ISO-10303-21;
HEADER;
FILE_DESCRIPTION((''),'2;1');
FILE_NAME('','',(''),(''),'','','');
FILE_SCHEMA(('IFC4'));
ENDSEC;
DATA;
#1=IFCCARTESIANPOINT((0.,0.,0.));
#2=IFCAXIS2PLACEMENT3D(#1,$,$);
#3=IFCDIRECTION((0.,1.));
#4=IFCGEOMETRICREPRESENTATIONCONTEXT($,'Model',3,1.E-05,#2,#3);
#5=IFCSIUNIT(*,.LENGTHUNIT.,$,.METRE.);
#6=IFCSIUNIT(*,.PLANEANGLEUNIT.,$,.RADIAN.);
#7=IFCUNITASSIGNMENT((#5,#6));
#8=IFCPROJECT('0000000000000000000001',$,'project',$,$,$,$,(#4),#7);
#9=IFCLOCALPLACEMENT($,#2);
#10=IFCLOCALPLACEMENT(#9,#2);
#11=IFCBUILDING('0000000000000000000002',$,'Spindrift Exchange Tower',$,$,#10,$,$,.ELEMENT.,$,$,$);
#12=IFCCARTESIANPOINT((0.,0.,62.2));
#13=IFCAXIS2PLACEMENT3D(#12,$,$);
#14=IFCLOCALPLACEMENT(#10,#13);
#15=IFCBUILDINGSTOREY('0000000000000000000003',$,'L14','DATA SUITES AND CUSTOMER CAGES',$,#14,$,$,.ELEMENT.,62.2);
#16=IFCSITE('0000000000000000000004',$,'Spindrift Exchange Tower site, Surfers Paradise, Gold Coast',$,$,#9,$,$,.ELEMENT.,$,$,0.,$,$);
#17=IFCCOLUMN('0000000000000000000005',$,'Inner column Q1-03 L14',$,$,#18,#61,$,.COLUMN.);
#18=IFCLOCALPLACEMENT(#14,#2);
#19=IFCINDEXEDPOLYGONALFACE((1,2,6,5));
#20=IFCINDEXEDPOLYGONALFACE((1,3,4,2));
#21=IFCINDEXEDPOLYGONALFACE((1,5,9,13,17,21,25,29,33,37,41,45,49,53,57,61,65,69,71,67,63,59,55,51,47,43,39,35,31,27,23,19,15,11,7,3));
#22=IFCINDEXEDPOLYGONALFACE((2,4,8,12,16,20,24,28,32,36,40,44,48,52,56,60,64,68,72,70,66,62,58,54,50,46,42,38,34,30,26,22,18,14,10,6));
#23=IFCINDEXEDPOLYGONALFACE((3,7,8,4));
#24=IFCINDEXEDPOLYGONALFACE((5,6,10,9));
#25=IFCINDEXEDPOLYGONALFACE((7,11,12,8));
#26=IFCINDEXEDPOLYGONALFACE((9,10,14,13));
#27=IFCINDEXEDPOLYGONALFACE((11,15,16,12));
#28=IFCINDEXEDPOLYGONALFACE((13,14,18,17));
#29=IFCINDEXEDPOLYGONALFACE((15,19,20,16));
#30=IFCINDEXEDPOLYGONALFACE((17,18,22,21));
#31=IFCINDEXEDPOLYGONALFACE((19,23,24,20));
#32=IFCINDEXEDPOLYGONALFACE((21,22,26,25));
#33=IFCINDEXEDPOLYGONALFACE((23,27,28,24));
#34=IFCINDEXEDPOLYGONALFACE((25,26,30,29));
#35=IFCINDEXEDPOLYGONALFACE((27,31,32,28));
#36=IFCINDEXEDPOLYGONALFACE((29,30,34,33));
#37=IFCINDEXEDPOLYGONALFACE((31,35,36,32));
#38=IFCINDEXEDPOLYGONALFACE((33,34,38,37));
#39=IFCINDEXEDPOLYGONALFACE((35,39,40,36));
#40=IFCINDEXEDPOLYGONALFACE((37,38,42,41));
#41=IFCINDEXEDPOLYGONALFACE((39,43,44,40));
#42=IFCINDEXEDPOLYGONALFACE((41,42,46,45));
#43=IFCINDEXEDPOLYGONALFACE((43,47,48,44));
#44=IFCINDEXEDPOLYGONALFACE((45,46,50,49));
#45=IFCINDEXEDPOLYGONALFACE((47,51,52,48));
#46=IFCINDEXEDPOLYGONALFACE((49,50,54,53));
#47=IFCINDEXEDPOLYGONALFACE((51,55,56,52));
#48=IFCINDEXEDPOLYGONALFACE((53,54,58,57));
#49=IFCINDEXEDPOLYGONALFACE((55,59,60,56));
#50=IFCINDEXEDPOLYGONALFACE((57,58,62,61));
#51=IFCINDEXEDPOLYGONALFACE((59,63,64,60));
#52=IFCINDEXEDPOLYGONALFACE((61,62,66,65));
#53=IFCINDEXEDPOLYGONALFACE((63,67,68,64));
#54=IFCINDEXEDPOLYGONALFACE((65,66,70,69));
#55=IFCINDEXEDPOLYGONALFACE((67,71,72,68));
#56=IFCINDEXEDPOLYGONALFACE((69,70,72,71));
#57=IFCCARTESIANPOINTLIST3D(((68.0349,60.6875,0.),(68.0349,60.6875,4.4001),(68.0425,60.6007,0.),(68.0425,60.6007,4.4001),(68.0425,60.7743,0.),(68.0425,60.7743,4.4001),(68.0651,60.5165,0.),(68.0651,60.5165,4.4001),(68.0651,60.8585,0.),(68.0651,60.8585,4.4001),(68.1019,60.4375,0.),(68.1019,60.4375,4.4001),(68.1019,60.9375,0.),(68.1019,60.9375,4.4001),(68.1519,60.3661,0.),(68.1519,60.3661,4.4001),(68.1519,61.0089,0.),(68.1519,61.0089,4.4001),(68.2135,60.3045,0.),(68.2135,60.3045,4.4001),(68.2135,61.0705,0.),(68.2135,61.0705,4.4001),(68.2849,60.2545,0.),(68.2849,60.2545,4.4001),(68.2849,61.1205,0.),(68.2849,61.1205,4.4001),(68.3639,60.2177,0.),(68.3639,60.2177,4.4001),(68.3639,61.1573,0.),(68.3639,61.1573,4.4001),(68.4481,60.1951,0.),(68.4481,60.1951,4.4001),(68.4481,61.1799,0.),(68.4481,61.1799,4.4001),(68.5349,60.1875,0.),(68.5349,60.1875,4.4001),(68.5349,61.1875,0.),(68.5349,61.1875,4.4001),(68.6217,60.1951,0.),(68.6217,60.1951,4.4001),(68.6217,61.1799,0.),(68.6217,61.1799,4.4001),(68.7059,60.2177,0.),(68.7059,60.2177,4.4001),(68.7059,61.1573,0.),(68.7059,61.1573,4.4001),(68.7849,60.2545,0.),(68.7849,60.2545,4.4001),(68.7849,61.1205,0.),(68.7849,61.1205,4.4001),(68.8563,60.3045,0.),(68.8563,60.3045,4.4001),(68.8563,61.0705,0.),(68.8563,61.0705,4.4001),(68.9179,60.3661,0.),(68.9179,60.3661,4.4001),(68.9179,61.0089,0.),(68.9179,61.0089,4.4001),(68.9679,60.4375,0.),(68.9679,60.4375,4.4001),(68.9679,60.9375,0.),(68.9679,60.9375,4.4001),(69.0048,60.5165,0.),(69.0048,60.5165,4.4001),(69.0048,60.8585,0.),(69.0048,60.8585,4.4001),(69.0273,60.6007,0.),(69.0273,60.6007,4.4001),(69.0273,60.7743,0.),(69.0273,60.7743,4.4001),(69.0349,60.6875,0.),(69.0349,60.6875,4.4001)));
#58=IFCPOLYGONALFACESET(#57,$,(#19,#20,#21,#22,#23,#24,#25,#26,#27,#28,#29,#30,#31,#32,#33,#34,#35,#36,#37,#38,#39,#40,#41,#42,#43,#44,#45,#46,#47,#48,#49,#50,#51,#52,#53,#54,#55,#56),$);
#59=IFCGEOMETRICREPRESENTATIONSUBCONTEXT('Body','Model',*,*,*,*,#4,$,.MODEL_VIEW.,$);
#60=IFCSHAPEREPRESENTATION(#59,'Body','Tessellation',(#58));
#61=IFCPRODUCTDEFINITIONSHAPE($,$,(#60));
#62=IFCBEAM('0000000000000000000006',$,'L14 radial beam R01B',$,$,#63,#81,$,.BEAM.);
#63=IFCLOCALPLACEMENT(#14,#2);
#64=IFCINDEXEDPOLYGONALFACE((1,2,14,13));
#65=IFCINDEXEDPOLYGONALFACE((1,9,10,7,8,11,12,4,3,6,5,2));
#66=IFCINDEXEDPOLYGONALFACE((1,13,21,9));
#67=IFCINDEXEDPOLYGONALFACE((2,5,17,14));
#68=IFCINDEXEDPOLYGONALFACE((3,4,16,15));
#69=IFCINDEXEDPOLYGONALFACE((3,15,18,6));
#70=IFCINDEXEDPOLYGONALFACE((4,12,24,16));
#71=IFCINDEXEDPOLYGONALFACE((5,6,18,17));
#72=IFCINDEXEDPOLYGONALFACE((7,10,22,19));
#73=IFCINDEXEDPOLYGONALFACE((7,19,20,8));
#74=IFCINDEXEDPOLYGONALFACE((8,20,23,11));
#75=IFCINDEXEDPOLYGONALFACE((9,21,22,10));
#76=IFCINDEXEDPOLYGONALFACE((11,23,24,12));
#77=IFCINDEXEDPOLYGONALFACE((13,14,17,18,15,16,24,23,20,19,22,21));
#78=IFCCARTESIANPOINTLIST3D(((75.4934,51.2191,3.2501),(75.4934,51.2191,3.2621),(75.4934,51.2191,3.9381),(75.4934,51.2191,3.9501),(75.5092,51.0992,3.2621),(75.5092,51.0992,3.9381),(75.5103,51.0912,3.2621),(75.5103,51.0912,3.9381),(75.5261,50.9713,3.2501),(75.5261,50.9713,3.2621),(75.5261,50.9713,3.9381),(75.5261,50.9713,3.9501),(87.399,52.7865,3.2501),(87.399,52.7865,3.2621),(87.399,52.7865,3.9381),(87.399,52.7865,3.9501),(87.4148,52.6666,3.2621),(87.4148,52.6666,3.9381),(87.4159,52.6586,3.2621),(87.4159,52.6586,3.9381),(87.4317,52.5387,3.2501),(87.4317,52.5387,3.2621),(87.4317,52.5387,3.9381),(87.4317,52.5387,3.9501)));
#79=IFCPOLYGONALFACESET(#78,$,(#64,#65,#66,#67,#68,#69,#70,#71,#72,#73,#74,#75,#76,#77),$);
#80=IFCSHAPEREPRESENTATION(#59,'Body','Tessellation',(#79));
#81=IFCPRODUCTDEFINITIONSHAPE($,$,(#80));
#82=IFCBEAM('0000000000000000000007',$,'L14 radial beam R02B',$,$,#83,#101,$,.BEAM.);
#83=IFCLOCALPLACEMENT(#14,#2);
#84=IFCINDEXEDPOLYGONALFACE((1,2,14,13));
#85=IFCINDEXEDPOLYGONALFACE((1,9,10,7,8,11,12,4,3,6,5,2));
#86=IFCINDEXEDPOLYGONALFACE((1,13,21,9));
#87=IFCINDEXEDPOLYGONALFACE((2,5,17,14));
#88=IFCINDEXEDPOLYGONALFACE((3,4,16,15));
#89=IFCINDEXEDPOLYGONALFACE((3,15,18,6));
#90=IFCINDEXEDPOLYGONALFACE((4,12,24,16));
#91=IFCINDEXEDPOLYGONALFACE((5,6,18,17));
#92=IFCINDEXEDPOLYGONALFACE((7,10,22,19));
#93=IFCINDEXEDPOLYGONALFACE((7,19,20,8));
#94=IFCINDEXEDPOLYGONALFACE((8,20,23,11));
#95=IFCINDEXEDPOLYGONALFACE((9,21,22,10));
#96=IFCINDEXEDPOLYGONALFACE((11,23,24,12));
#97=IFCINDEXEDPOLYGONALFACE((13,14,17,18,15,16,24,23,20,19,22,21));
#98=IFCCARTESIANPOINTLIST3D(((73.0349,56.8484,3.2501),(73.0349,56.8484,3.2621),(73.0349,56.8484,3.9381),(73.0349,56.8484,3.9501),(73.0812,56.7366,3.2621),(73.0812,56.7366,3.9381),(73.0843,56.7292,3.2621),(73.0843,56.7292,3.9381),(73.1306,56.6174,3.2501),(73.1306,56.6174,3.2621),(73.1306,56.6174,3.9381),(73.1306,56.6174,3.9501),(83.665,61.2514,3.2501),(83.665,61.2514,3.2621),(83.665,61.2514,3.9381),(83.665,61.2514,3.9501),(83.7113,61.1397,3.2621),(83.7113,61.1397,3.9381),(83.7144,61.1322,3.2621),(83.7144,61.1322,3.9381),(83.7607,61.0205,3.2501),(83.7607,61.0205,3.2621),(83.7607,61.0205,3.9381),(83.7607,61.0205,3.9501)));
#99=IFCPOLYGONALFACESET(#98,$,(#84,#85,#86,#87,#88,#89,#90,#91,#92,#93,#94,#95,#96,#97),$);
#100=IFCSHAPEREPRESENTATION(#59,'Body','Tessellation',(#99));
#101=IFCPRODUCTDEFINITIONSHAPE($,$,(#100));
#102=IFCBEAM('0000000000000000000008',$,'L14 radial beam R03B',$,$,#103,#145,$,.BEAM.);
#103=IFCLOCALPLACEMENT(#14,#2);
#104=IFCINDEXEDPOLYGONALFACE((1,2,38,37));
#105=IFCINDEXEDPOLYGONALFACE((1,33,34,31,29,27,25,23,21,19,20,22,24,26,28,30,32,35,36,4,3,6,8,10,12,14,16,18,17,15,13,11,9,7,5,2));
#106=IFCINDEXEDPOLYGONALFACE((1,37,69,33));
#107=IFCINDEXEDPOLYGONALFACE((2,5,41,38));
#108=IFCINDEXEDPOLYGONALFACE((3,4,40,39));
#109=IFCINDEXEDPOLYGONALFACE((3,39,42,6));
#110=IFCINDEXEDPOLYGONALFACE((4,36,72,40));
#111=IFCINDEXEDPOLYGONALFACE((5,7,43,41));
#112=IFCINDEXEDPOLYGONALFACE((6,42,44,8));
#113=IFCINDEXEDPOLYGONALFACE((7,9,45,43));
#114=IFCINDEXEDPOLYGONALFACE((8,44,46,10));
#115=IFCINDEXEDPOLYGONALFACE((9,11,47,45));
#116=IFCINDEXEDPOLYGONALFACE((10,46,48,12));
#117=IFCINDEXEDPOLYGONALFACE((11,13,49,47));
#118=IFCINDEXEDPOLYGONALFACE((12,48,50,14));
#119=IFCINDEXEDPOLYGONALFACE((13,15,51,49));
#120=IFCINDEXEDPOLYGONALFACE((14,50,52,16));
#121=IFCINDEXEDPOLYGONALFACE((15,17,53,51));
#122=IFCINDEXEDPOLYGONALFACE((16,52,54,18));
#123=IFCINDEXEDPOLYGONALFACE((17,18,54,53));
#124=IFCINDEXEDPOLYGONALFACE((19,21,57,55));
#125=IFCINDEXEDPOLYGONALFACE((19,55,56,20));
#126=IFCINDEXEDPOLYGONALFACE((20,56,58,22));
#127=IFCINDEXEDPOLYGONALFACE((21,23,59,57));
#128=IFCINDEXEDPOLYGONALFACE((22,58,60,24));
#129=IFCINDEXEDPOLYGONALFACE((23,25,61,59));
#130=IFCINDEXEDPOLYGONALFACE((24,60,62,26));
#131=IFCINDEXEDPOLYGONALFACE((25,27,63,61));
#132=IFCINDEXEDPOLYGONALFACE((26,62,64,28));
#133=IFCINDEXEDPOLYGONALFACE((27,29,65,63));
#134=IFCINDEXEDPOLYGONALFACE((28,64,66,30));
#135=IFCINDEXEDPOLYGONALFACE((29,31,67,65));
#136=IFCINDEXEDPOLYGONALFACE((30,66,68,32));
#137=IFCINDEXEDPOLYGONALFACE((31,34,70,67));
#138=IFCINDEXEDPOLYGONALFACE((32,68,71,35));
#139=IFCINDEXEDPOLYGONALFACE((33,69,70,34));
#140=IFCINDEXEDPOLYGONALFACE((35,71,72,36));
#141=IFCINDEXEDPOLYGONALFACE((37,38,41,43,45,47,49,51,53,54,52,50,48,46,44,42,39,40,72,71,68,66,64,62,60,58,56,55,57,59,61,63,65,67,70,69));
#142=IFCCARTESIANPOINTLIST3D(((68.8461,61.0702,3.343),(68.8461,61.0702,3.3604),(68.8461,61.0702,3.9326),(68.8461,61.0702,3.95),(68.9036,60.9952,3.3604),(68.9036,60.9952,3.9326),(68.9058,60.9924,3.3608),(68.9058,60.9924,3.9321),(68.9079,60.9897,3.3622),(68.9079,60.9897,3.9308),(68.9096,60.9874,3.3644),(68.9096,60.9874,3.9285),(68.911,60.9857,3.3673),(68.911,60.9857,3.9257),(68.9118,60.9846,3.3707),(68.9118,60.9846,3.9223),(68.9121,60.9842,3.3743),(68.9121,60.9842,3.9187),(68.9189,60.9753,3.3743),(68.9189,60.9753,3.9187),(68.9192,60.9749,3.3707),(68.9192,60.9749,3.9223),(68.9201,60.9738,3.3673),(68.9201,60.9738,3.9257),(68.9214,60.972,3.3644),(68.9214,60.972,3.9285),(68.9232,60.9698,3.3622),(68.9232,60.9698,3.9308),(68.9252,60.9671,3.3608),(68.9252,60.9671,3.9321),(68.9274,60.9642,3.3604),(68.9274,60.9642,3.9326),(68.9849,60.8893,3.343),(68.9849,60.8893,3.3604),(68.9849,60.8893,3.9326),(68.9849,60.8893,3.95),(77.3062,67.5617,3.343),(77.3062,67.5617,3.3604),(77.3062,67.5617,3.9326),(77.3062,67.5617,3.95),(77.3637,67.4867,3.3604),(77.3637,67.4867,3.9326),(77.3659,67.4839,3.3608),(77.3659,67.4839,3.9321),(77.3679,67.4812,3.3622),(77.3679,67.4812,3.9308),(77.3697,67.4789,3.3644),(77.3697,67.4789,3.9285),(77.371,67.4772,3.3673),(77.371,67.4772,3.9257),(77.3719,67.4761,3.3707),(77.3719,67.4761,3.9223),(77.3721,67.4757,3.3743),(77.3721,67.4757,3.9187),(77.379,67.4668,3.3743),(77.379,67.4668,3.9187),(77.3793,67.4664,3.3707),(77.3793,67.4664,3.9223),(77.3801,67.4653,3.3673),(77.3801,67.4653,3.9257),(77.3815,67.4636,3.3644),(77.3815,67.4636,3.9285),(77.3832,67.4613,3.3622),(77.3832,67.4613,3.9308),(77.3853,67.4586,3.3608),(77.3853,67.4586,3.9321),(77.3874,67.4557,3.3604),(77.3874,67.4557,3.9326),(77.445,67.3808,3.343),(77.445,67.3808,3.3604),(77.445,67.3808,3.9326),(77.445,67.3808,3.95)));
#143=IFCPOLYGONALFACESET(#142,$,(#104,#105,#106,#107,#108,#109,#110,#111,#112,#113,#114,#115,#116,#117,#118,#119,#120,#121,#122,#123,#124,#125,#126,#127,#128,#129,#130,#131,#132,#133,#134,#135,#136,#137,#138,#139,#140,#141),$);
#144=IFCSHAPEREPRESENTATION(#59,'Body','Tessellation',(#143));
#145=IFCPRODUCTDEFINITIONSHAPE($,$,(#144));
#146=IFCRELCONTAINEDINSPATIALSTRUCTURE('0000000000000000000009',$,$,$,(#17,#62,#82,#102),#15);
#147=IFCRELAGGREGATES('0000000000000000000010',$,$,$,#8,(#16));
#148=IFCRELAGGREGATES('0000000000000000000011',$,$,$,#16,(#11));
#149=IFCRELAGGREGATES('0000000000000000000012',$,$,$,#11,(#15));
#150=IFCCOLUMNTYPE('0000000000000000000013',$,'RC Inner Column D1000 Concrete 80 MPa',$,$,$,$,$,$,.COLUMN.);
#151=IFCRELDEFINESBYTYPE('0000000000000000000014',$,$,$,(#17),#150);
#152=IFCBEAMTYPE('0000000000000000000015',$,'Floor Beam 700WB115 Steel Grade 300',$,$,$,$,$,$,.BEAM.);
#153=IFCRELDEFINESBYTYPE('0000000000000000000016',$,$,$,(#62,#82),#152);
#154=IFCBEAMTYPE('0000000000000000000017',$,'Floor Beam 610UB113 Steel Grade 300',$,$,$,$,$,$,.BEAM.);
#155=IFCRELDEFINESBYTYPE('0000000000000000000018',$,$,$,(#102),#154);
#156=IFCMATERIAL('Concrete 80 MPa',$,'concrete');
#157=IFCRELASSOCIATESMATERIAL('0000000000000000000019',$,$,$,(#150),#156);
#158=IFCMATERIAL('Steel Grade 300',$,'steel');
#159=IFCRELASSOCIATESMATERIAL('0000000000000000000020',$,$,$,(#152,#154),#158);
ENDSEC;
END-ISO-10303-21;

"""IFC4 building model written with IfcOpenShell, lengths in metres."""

from ifc_helpers import new_model, si_unit, direction, frame, origin, origin_2d, place, context, subcontext, project, spatial, circle, i_section, extrude, source, transform, mapped, material, material_profile, profile_set, type_object, element, save


model = new_model("IFC4")

# Units and contexts
model_context = context("Model", 3, precision=1e-05, world=origin(), true_north=direction((0.0, 1.0)))
body_context = subcontext(model_context, "Body", "Model", "MODEL_VIEW")
ifc_project = project(units=[si_unit("LENGTHUNIT", "METRE"), si_unit("PLANEANGLEUNIT", "RADIAN")], contexts=[model_context])

# Site, building, storey
site_placement = place(None, origin())
site = spatial("IfcSite", under=ifc_project, at=site_placement, Name="Spindrift Exchange Tower site, Surfers Paradise, Gold Coast", CompositionType="ELEMENT", RefElevation=0.0)
building_placement = place(site_placement, origin())
building = spatial("IfcBuilding", under=site, at=building_placement, Name="Spindrift Exchange Tower", CompositionType="ELEMENT")
storey_placement = place(building_placement, frame((0.0, 0.0, 62.2)))
storey = spatial("IfcBuildingStorey", under=building, at=storey_placement, Name="L14", Description="DATA SUITES AND CUSTOMER CAGES", CompositionType="ELEMENT", Elevation=62.2)

# Column
ifc_material_1 = material(Name="Concrete 80 MPa", Category="concrete")
ifc_material_profile_1 = material_profile(ifc_material_1, circle(Radius=0.5, at=origin_2d()), Name="RC D1000")
ifc_profile_set_1 = profile_set([ifc_material_profile_1], Name="Concrete 80 MPa")
column_type_1 = type_object("IfcColumnType", Name="RC Inner Column D1000 Concrete 80 MPa", PredefinedType="COLUMN", material=ifc_profile_set_1)
shared_shape_1 = source(origin(), body_context, "Body", "SweptSolid", [
    extrude(circle(Radius=0.5, at=origin_2d()), origin(), (0.0, 0.0, 1.0), 4.4001),
])
for number, where, z_axis, x_axis, name in (
    (1, (68.5349, 60.6875, 0.0), (0.0, 0.0, 1.0), (1.0, 0.0, 0.0), "Inner column Q1-03 L14"),
):
    element("IfcColumn", number, at=place(storey_placement, frame(where, z_axis=z_axis, x_axis=x_axis)), inside=storey, type_object=column_type_1, Name=name, PredefinedType="COLUMN", context=body_context, shape_type="MappedRepresentation", body=[
        mapped(shared_shape_1, transform((0.0, 0.0, 0.0), scale=1.0)),
    ])

# Beams
ifc_material_2 = material(Name="Steel Grade 300", Category="steel")
ifc_material_profile_2 = material_profile(ifc_material_2, i_section(OverallWidth=0.25, OverallDepth=0.7, WebThickness=0.0081, FlangeThickness=0.012, at=origin_2d()), Name="700WB115")
ifc_profile_set_2 = profile_set([ifc_material_profile_2], Name="Steel Grade 300")
beam_type_1 = type_object("IfcBeamType", Name="Floor Beam 700WB115 Steel Grade 300", PredefinedType="BEAM", material=ifc_profile_set_2)
shared_shape_2 = source(origin(), body_context, "Body", "SweptSolid", [
    extrude(i_section(OverallWidth=0.25, OverallDepth=0.7, WebThickness=0.0081, FlangeThickness=0.012, at=origin_2d()), origin(), (0.0, 0.0, 1.0), 12.0083),
])
beam_1_placement = place(storey_placement, frame((75.5098, 51.0952, 3.6001), z_axis=(0.991445, 0.130526, 0.0), x_axis=(-0.130526, 0.991445, 0.0)))
element("IfcBeam", 2, at=beam_1_placement, inside=storey, type_object=beam_type_1, Name="L14 radial beam R01B", PredefinedType="BEAM", context=body_context, shape_type="MappedRepresentation", body=[
    mapped(shared_shape_2, transform((0.0, 0.0, 0.0), scale=1.0)),
])
shared_shape_3 = source(origin(), body_context, "Body", "SweptSolid", [
    extrude(i_section(OverallWidth=0.25, OverallDepth=0.7, WebThickness=0.0081, FlangeThickness=0.012, at=origin_2d()), origin(), (0.0, 0.0, 1.0), 11.5059),
])
beam_2_placement = place(storey_placement, frame((73.0828, 56.7329, 3.6001), z_axis=(0.923882, 0.382678, 0.0), x_axis=(-0.382678, 0.923882, 0.0)))
element("IfcBeam", 3, at=beam_2_placement, inside=storey, type_object=beam_type_1, Name="L14 radial beam R02B", PredefinedType="BEAM", context=body_context, shape_type="MappedRepresentation", body=[
    mapped(shared_shape_3, transform((0.0, 0.0, 0.0), scale=1.0)),
])
ifc_material_profile_3 = material_profile(ifc_material_2, i_section(OverallWidth=0.228, OverallDepth=0.6069, WebThickness=0.0112, FlangeThickness=0.0173, FilletRadius=0.0139, at=origin_2d()), Name="610UB113")
ifc_profile_set_3 = profile_set([ifc_material_profile_3], Name="Steel Grade 300")
beam_type_2 = type_object("IfcBeamType", Name="Floor Beam 610UB113 Steel Grade 300", PredefinedType="BEAM", material=ifc_profile_set_3)
shared_shape_4 = source(origin(), body_context, "Body", "SweptSolid", [
    extrude(i_section(OverallWidth=0.228, OverallDepth=0.6069, WebThickness=0.0112, FlangeThickness=0.0173, FilletRadius=0.0139, at=origin_2d()), origin(), (0.0, 0.0, 1.0), 10.6636),
])
beam_3_placement = place(storey_placement, frame((68.9155, 60.9797, 3.6465), z_axis=(0.793358, 0.608755, 0.0), x_axis=(-0.608755, 0.793358, 0.0)))
element("IfcBeam", 4, at=beam_3_placement, inside=storey, type_object=beam_type_2, Name="L14 radial beam R03B", PredefinedType="BEAM", context=body_context, shape_type="MappedRepresentation", body=[
    mapped(shared_shape_4, transform((0.0, 0.0, 0.0), scale=1.0)),
])

save(model, "model.ifc")
